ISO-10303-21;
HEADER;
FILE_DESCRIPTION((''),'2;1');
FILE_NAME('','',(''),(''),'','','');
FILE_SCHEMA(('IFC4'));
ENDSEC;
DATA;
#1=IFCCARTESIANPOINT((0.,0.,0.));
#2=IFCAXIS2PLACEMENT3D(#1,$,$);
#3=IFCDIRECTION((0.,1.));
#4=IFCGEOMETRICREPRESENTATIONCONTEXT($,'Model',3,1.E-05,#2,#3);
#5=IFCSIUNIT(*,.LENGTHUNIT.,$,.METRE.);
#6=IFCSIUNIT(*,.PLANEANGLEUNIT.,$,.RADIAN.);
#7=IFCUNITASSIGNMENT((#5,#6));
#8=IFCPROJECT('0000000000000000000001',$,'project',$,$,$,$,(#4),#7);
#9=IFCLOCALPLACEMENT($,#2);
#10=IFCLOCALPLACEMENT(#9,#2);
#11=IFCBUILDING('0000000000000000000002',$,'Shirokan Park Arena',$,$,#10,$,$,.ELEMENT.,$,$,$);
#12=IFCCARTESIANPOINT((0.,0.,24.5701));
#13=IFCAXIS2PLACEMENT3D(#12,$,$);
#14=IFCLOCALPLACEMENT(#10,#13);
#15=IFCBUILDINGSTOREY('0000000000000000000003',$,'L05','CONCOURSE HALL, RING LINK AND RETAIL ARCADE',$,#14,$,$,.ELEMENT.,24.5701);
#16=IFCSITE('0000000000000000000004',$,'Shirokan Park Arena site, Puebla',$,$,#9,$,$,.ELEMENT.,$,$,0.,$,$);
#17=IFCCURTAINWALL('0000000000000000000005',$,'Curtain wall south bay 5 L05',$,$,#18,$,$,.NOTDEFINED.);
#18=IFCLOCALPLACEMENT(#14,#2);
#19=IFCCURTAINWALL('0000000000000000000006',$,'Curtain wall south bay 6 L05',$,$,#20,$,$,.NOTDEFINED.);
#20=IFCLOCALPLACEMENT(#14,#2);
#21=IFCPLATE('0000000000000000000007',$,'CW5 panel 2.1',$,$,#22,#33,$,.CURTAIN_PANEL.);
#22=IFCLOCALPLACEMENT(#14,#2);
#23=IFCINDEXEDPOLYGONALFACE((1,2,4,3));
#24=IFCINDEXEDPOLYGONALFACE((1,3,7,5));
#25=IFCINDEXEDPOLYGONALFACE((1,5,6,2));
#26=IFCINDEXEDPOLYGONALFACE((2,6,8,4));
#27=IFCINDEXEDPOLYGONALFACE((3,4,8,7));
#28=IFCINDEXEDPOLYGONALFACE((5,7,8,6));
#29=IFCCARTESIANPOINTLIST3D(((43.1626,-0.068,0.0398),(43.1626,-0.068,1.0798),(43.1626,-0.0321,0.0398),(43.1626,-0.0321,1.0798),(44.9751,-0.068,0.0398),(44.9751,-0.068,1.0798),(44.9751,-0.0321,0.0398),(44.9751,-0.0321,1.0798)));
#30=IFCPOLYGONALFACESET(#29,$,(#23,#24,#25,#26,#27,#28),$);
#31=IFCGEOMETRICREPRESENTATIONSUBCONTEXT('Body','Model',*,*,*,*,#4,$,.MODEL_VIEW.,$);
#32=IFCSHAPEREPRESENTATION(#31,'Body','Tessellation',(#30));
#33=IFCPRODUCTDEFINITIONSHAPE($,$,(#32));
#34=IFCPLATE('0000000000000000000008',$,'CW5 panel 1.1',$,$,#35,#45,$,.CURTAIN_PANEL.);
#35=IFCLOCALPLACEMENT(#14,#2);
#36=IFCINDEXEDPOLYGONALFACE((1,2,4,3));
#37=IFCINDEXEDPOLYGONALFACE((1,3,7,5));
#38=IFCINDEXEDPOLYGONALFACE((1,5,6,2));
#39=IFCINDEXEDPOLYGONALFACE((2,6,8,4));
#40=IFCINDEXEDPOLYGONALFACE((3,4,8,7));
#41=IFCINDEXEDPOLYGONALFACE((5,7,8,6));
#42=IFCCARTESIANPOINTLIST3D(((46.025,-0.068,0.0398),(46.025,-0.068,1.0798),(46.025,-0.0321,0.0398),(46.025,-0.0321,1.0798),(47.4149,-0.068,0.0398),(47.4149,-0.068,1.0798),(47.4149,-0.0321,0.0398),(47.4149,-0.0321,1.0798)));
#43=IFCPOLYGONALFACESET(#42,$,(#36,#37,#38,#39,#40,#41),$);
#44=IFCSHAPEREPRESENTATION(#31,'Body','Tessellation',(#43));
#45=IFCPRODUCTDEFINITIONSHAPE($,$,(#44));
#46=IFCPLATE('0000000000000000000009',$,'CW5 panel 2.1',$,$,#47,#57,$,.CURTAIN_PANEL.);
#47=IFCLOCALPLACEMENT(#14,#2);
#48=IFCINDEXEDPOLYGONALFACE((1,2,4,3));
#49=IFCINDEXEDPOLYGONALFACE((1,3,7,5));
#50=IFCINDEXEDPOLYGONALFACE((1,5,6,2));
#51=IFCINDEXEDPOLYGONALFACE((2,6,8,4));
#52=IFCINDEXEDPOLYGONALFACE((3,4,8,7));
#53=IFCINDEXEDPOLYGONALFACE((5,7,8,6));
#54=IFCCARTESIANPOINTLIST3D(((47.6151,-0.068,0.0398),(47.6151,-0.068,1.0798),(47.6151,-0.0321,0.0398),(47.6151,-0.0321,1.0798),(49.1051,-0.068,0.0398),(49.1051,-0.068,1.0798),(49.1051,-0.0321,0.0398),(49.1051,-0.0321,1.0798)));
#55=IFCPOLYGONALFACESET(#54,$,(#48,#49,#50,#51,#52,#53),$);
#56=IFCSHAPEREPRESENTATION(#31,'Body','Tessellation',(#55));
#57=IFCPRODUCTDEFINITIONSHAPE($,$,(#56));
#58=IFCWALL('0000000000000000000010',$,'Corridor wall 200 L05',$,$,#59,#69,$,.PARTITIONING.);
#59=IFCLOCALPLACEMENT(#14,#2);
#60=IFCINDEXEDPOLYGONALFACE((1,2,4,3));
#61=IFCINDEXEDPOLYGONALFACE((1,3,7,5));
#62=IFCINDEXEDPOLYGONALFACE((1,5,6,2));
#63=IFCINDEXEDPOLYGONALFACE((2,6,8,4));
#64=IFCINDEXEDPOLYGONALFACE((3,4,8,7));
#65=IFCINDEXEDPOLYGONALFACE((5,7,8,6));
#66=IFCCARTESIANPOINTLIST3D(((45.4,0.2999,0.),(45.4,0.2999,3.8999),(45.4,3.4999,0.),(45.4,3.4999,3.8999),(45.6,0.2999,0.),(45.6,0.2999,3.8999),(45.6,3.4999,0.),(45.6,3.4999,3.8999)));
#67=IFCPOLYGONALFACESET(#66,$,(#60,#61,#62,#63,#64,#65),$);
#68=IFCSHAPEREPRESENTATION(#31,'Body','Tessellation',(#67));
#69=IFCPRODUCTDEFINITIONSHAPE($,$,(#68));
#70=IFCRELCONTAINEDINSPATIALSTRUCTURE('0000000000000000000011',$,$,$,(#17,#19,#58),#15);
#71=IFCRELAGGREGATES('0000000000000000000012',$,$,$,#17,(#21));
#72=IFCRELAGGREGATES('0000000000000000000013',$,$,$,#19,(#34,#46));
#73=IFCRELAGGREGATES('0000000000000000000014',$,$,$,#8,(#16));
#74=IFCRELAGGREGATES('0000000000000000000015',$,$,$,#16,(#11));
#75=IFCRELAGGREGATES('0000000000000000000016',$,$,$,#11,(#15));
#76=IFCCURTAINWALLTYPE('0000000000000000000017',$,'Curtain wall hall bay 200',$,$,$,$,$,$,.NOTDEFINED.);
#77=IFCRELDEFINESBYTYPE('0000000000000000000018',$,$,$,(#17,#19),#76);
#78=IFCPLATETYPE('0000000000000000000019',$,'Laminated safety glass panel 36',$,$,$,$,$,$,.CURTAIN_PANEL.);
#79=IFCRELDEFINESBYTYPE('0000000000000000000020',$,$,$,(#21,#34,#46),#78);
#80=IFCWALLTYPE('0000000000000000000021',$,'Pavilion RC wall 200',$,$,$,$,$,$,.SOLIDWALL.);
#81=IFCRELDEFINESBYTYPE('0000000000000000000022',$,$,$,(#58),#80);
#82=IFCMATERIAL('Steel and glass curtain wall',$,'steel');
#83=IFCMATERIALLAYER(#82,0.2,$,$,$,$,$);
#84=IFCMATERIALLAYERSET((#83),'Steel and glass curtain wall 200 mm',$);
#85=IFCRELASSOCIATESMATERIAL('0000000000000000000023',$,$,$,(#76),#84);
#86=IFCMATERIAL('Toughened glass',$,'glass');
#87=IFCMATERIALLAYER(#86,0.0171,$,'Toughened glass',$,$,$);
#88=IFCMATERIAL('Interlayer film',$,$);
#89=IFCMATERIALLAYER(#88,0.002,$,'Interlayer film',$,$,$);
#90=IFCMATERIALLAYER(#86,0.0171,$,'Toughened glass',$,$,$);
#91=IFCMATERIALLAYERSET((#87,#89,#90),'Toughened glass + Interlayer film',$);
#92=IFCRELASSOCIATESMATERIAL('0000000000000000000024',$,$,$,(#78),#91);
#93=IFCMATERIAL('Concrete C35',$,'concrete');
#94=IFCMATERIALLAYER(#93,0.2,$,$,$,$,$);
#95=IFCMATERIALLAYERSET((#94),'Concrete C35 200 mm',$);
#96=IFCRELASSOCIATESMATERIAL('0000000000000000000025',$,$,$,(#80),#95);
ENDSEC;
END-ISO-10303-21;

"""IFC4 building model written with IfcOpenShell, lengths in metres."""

from ifc_helpers import new_model, si_unit, direction, frame, frame_2d, origin, origin_2d, place, context, subcontext, project, spatial, rectangle, extrude, material, layer, layer_set, type_object, element, aggregate, save


model = new_model("IFC4")

# Units and contexts
model_context = context("Model", 3, precision=1e-05, world=origin(), true_north=direction((0.0, 1.0)))
body_context = subcontext(model_context, "Body", "Model", "MODEL_VIEW")
ifc_project = project(units=[si_unit("LENGTHUNIT", "METRE"), si_unit("PLANEANGLEUNIT", "RADIAN")], contexts=[model_context])

# Site, building, storey
site_placement = place(None, origin())
site = spatial("IfcSite", under=ifc_project, at=site_placement, Name="Shirokan Park Arena site, Puebla", CompositionType="ELEMENT", RefElevation=0.0)
building_placement = place(site_placement, origin())
building = spatial("IfcBuilding", under=site, at=building_placement, Name="Shirokan Park Arena", CompositionType="ELEMENT")
storey_placement = place(building_placement, frame((0.0, 0.0, 24.5701)))
storey = spatial("IfcBuildingStorey", under=building, at=storey_placement, Name="L05", Description="CONCOURSE HALL, RING LINK AND RETAIL ARCADE", CompositionType="ELEMENT", Elevation=24.5701)

# Shared definitions
ifc_material_1 = material(Name="Concrete C35", Category="concrete")

# Curtain walls
ifc_material_2 = material(Name="Steel and glass curtain wall", Category="steel")
ifc_layer_1 = layer(ifc_material_2, 0.2)
ifc_layer_set_1 = layer_set([ifc_layer_1], Name="Steel and glass curtain wall 200 mm")
curtain_wall_type = type_object("IfcCurtainWallType", Name="Curtain wall hall bay 200", PredefinedType="NOTDEFINED", material=ifc_layer_set_1)
curtain_wall_1_placement = place(storey_placement, origin())
curtain_wall_1 = element("IfcCurtainWall", 1, at=curtain_wall_1_placement, inside=storey, type_object=curtain_wall_type, Name="Curtain wall south bay 5 L05", PredefinedType="NOTDEFINED")
curtain_wall_2_placement = place(storey_placement, origin())
curtain_wall_2 = element("IfcCurtainWall", 2, at=curtain_wall_2_placement, inside=storey, type_object=curtain_wall_type, Name="Curtain wall south bay 6 L05", PredefinedType="NOTDEFINED")

# Plates
ifc_material_3 = material(Name="Toughened glass", Category="glass")
ifc_material_4 = material(Name="Interlayer film")
ifc_layer_2 = layer(ifc_material_3, 0.0171, Name="Toughened glass")
ifc_layer_3 = layer(ifc_material_4, 0.002, Name="Interlayer film")
ifc_layer_4 = layer(ifc_material_3, 0.0171, Name="Toughened glass")
ifc_layer_set_2 = layer_set([ifc_layer_2, ifc_layer_3, ifc_layer_4], Name="Toughened glass + Interlayer film")
plate_type_1 = type_object("IfcPlateType", Name="Laminated safety glass panel 36", PredefinedType="CURTAIN_PANEL", material=ifc_layer_set_2)
plate_1_placement = place(storey_placement, frame((44.0688, -0.05, 0.0398), z_axis=(0.0, 0.0, 1.0), x_axis=(1.0, 0.0, 0.0)))
plate_1 = element("IfcPlate", 3, at=plate_1_placement, type_object=plate_type_1, Name="CW5 panel 2.1", PredefinedType="CURTAIN_PANEL", context=body_context, shape_type="SweptSolid", body=[
    extrude(rectangle(XDim=1.8125, YDim=0.0359, at=origin_2d()), origin(), (0.0, 0.0, 1.0), 1.04),
])
aggregate(curtain_wall_1, [plate_1])
plate_2_placement = place(storey_placement, frame((46.72, -0.05, 0.0398), z_axis=(0.0, 0.0, 1.0), x_axis=(1.0, 0.0, 0.0)))
plate_2 = element("IfcPlate", 4, at=plate_2_placement, type_object=plate_type_1, Name="CW5 panel 1.1", PredefinedType="CURTAIN_PANEL", context=body_context, shape_type="SweptSolid", body=[
    extrude(rectangle(XDim=1.3899, YDim=0.0359, at=origin_2d()), origin(), (0.0, 0.0, 1.0), 1.04),
])
plate_3_placement = place(storey_placement, frame((48.3601, -0.05, 0.0398), z_axis=(0.0, 0.0, 1.0), x_axis=(1.0, 0.0, 0.0)))
plate_3 = element("IfcPlate", 5, at=plate_3_placement, type_object=plate_type_1, Name="CW5 panel 2.1", PredefinedType="CURTAIN_PANEL", context=body_context, shape_type="SweptSolid", body=[
    extrude(rectangle(XDim=1.49, YDim=0.0359, at=origin_2d()), origin(), (0.0, 0.0, 1.0), 1.04),
])
aggregate(curtain_wall_2, [plate_2, plate_3])

# Wall
ifc_layer_5 = layer(ifc_material_1, 0.2)
ifc_layer_set_3 = layer_set([ifc_layer_5], Name="Concrete C35 200 mm")
wall_type = type_object("IfcWallType", Name="Pavilion RC wall 200", PredefinedType="SOLIDWALL", material=ifc_layer_set_3)
wall_placement = place(storey_placement, frame((45.5, 3.5, 0.0), z_axis=(0.0, 0.0, 1.0), x_axis=(0.0, -1.0, 0.0)))
element("IfcWall", 6, at=wall_placement, inside=storey, type_object=wall_type, Name="Corridor wall 200 L05", PredefinedType="PARTITIONING", context=body_context, shape_type="SweptSolid", body=[
    extrude(rectangle(XDim=3.2, YDim=0.2, at=frame_2d((1.6001, 0.0))), origin(), (0.0, 0.0, 1.0), 3.8999),
])

save(model, "model.ifc")
